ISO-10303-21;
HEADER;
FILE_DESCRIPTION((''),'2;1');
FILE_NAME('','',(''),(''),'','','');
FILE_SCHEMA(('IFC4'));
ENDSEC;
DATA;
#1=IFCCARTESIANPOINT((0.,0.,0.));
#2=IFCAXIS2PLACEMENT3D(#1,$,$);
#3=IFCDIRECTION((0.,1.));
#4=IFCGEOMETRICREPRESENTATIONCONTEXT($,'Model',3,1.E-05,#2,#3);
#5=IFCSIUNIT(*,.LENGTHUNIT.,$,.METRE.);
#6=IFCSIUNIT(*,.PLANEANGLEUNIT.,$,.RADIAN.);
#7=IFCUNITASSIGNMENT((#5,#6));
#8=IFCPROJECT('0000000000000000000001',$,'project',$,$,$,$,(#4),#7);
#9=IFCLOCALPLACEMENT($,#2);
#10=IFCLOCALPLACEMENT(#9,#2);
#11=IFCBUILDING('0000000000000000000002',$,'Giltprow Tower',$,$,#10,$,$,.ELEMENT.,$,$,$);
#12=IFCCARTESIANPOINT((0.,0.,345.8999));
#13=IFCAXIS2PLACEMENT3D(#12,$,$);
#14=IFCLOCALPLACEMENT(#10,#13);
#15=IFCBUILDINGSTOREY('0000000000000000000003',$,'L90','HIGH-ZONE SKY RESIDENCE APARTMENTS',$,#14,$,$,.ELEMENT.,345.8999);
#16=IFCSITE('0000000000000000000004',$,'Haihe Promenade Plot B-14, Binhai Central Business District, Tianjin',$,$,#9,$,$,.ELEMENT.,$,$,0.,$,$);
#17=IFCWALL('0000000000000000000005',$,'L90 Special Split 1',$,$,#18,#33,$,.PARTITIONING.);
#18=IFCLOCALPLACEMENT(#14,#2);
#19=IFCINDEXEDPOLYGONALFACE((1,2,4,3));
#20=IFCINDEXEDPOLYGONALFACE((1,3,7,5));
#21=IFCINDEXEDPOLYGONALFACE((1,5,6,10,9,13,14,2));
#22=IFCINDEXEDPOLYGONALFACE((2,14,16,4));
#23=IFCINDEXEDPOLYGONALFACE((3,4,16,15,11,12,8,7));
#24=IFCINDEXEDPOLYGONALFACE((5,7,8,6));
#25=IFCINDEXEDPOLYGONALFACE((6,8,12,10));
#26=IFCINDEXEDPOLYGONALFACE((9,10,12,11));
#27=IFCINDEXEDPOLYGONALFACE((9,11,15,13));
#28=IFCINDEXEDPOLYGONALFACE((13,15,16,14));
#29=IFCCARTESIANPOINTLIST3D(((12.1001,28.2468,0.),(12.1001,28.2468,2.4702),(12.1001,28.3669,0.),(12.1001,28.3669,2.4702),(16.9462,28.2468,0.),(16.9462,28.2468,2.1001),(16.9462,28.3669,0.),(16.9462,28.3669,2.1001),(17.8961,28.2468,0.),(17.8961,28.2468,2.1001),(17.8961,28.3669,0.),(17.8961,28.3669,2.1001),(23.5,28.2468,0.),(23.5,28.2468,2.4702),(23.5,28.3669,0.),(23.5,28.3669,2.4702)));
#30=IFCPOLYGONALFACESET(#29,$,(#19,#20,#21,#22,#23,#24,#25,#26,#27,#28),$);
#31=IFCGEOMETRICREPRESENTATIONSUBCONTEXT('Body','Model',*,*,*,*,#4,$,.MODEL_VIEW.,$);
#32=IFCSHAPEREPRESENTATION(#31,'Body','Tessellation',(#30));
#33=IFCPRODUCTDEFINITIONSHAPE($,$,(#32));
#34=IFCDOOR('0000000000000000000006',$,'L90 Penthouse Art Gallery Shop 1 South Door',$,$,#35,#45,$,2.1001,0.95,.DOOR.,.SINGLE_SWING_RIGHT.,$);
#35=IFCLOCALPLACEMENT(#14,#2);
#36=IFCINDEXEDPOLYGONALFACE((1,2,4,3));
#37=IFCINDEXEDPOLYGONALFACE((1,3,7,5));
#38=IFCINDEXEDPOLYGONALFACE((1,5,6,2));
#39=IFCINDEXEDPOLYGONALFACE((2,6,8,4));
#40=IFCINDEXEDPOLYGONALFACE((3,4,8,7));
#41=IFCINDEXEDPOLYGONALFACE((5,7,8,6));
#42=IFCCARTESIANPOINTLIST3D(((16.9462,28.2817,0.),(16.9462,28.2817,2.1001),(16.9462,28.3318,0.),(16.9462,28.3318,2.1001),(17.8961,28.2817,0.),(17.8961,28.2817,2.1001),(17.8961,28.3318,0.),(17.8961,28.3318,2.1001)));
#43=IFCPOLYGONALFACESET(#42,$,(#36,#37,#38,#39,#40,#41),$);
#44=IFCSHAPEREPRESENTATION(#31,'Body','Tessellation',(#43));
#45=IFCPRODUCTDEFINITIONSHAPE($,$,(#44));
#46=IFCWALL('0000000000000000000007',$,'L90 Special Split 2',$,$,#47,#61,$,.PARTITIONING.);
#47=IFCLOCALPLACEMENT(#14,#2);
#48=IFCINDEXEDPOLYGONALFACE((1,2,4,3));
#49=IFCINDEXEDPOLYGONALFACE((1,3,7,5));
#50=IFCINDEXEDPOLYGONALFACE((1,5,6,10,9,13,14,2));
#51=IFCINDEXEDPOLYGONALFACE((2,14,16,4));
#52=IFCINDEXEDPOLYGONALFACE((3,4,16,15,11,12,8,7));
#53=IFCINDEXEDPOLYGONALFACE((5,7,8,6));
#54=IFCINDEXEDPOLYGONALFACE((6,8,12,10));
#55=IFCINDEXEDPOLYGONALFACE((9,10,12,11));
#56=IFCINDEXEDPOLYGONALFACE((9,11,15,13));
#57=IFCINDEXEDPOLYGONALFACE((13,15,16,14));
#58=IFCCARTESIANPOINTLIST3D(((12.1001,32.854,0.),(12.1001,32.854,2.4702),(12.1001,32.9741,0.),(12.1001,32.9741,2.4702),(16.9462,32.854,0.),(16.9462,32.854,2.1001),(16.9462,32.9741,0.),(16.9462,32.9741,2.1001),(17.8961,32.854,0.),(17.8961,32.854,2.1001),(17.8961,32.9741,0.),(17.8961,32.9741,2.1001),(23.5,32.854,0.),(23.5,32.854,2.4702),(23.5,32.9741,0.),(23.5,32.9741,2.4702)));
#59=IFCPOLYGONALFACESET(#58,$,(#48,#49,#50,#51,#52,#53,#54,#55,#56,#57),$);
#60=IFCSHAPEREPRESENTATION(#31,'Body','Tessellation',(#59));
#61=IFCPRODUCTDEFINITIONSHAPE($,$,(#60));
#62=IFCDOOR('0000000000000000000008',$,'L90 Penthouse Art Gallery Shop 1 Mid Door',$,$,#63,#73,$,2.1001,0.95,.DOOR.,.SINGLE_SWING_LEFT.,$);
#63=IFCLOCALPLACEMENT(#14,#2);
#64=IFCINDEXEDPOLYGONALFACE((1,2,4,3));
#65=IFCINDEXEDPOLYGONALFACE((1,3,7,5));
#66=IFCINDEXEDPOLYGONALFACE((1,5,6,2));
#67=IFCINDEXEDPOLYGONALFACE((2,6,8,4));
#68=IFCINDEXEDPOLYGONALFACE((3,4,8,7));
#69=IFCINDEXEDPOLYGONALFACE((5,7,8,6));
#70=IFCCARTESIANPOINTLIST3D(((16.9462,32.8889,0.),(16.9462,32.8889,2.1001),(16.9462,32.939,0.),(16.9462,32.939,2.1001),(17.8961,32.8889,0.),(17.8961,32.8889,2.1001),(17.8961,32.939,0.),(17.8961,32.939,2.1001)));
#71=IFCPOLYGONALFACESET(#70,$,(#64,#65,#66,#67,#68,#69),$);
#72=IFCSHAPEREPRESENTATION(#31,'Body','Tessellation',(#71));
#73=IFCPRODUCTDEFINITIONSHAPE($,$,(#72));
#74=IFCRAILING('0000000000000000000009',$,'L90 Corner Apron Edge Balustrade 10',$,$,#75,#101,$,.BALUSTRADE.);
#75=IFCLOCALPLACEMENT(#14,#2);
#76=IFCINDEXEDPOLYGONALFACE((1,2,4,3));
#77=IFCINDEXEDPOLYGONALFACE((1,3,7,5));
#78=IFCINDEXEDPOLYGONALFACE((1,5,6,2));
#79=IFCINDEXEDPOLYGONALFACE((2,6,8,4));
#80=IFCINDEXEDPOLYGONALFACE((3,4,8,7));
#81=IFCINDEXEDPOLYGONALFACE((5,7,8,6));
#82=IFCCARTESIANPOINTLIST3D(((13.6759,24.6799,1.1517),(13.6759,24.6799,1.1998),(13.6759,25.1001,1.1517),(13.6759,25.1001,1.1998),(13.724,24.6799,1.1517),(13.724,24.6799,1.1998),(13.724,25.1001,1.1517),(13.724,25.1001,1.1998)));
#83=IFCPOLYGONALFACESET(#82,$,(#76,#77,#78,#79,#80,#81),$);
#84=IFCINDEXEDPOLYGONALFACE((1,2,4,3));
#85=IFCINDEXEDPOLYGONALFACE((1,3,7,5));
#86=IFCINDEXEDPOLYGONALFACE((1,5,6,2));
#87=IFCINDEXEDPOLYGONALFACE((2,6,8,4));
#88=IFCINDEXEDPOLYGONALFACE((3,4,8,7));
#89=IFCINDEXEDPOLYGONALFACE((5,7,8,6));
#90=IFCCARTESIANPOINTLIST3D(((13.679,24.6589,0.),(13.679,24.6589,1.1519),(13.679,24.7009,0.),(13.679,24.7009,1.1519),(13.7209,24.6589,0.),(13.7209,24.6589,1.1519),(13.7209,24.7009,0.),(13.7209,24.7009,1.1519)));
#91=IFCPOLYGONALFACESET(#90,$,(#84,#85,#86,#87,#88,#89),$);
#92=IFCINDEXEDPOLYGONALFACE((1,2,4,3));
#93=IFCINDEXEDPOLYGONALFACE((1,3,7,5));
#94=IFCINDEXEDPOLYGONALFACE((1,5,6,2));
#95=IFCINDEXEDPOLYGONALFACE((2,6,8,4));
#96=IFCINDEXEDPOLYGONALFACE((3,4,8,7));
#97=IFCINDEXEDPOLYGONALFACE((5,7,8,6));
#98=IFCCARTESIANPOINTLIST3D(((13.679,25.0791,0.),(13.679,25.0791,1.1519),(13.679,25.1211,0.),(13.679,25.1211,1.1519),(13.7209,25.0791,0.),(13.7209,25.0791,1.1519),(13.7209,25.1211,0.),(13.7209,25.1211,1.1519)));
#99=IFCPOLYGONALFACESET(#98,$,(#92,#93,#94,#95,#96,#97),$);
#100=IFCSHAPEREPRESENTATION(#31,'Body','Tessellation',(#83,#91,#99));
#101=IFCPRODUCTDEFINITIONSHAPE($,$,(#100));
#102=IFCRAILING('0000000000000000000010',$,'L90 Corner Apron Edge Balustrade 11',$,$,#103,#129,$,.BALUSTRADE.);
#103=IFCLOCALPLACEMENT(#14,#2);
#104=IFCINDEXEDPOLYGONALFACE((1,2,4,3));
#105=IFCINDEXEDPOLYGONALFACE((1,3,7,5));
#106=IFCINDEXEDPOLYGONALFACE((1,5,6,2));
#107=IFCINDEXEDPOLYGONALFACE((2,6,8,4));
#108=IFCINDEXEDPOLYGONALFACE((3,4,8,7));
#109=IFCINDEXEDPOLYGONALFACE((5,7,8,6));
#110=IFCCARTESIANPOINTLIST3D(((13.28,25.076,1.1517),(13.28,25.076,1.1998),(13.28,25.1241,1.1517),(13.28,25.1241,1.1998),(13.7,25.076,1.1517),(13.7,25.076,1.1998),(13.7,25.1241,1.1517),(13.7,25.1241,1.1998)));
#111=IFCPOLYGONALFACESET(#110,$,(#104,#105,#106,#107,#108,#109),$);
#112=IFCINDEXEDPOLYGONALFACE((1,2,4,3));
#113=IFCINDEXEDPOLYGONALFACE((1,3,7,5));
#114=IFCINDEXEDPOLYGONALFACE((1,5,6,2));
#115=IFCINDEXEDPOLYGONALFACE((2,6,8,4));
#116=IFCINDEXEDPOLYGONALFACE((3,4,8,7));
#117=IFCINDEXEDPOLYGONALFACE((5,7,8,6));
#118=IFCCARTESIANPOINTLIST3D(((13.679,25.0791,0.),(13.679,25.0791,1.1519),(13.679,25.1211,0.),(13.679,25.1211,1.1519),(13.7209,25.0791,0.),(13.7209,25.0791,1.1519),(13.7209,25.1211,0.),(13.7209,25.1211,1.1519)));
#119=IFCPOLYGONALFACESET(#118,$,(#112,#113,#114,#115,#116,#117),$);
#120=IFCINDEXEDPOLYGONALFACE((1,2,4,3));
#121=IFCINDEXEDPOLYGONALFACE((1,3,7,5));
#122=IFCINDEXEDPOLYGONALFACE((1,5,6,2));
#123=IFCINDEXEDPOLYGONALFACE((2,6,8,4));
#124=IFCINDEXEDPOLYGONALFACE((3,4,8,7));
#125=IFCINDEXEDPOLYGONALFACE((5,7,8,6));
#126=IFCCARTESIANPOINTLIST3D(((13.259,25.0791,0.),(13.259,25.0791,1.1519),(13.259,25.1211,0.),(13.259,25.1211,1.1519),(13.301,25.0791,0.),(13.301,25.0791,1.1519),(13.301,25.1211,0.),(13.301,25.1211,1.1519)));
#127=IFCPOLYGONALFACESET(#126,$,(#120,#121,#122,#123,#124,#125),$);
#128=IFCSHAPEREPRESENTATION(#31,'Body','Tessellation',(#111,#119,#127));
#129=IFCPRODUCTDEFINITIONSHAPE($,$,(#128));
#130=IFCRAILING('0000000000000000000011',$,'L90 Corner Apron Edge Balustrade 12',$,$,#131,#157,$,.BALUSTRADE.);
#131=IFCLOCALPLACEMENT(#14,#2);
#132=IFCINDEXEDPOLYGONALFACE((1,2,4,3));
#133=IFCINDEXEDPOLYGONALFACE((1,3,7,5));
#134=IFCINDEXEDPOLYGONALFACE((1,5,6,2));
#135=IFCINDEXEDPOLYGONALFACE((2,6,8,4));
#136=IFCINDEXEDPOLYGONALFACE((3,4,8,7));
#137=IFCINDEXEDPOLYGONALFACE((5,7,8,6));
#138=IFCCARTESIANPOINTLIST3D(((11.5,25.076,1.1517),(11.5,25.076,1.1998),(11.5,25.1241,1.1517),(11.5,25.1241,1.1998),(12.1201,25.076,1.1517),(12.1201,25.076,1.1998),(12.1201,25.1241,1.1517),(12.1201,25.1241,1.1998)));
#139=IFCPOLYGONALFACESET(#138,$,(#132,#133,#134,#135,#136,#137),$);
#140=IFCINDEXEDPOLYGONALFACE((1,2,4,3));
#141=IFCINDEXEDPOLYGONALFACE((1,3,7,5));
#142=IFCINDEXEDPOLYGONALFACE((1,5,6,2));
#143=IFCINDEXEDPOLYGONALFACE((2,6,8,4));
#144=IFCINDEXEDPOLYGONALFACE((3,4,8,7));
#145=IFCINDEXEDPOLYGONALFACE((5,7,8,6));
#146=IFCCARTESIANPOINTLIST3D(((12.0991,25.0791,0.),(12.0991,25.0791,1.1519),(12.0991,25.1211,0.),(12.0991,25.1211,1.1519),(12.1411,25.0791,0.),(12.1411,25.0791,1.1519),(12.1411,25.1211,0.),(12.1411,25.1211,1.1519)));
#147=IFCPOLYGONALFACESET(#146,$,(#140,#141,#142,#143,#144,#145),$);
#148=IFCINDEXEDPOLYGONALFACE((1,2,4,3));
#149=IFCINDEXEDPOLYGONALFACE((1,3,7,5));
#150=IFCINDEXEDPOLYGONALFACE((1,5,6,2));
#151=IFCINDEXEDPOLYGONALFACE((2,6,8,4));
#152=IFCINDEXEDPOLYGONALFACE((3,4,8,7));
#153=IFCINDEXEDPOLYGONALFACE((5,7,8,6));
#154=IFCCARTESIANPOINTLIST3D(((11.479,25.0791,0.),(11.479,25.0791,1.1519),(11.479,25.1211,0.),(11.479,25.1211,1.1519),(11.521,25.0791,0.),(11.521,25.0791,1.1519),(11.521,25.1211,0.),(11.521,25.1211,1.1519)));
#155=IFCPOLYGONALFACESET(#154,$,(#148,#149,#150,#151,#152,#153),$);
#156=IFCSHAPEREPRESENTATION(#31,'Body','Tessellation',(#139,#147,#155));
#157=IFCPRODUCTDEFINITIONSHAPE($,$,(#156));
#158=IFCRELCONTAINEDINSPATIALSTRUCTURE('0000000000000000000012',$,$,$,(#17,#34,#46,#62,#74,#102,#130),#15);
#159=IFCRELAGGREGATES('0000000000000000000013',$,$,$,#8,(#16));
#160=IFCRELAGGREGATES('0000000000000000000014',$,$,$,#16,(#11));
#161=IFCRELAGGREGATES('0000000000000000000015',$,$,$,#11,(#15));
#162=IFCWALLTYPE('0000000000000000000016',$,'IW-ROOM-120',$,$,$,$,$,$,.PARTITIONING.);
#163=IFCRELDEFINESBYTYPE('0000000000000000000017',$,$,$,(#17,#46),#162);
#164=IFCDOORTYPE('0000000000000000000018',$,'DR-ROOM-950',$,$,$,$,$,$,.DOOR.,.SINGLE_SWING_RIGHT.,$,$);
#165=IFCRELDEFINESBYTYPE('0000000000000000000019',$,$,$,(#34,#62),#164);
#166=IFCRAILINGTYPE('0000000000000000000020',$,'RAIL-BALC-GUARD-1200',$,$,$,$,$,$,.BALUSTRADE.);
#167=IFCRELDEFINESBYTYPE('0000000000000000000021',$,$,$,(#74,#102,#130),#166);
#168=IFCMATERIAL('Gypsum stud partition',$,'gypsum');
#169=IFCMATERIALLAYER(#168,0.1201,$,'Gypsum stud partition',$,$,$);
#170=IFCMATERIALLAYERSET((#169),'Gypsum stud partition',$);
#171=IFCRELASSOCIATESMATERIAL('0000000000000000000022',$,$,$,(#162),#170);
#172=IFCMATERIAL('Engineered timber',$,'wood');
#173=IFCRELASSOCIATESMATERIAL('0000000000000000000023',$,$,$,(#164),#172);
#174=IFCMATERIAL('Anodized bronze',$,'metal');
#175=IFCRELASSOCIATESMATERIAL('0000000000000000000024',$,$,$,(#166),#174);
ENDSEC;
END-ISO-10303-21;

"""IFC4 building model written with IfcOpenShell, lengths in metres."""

from ifc_helpers import new_model, si_unit, direction, frame, frame_2d, origin, origin_2d, place, context, subcontext, project, spatial, rectangle, extrude, source, transform, mapped, material, layer, layer_set, type_object, element, fill, save


model = new_model("IFC4")

# Units and contexts
model_context = context("Model", 3, precision=1e-05, world=origin(), true_north=direction((0.0, 1.0)))
body_context = subcontext(model_context, "Body", "Model", "MODEL_VIEW")
ifc_project = project(units=[si_unit("LENGTHUNIT", "METRE"), si_unit("PLANEANGLEUNIT", "RADIAN")], contexts=[model_context])

# Site, building, storey
site_placement = place(None, origin())
site = spatial("IfcSite", under=ifc_project, at=site_placement, Name="Haihe Promenade Plot B-14, Binhai Central Business District, Tianjin", CompositionType="ELEMENT", RefElevation=0.0)
building_placement = place(site_placement, origin())
building = spatial("IfcBuilding", under=site, at=building_placement, Name="Giltprow Tower", CompositionType="ELEMENT")
storey_placement = place(building_placement, frame((0.0, 0.0, 345.8999)))
storey = spatial("IfcBuildingStorey", under=building, at=storey_placement, Name="L90", Description="HIGH-ZONE SKY RESIDENCE APARTMENTS", CompositionType="ELEMENT", Elevation=345.8999)

# Walls, openings, doors
ifc_material_1 = material(Name="Gypsum stud partition", Category="gypsum")
ifc_layer_1 = layer(ifc_material_1, 0.1201, Name="Gypsum stud partition")
ifc_layer_set_1 = layer_set([ifc_layer_1], Name="Gypsum stud partition")
wall_type_1 = type_object("IfcWallType", Name="IW-ROOM-120", PredefinedType="PARTITIONING", material=ifc_layer_set_1)
wall_1_placement = place(storey_placement, frame((12.1001, 28.3069, 0.0), z_axis=(0.0, 0.0, 1.0), x_axis=(1.0, 0.0, 0.0)))
wall_1 = element("IfcWall", 1, at=wall_1_placement, inside=storey, type_object=wall_type_1, Name="L90 Special Split 1", PredefinedType="PARTITIONING", context=body_context, shape_type="SweptSolid", body=[
    extrude(rectangle(XDim=11.3999, YDim=0.1201, at=frame_2d((5.7, 0.0))), origin(), (0.0, 0.0, 1.0), 2.4702),
])
opening_1_placement = place(wall_1_placement, frame((4.8459, 0.0, 0.0)))
opening_1 = element("IfcOpeningElement", 2, at=opening_1_placement, cuts=wall_1, PredefinedType="OPENING", context=body_context, shape_type="SweptSolid", body=[
    extrude(rectangle(XDim=0.95, YDim=2.1001, at=frame_2d((0.4751, 1.05))), frame((0.0, 0.0701, 0.0), z_axis=(0.0, -1.0, 0.0), x_axis=(1.0, 0.0, 0.0)), (0.0, 0.0, 1.0), 0.1401),
])
ifc_material_2 = material(Name="Engineered timber", Category="wood")
door_type = type_object("IfcDoorType", Name="DR-ROOM-950", OperationType="SINGLE_SWING_RIGHT", PredefinedType="DOOR", material=ifc_material_2)
shared_shape_1 = source(origin(), body_context, "Body", "SweptSolid", [
    extrude(rectangle(XDim=0.95, YDim=2.1001, at=frame_2d((0.4751, 1.05))), frame((0.0, 0.0249, 0.0), z_axis=(0.0, -1.0, 0.0), x_axis=(1.0, 0.0, 0.0)), (0.0, 0.0, 1.0), 0.05),
])
door_1_placement = place(opening_1_placement, origin())
door_1 = element("IfcDoor", 3, at=door_1_placement, inside=storey, type_object=door_type, Name="L90 Penthouse Art Gallery Shop 1 South Door", OperationType="SINGLE_SWING_RIGHT", OverallHeight=2.1001, OverallWidth=0.95, PredefinedType="DOOR", context=body_context, shape_type="MappedRepresentation", body=[
    mapped(shared_shape_1, transform((0.0, 0.0, 0.0), x_axis=(1.0, 0.0, 0.0), y_axis=(0.0, 1.0, 0.0), z_axis=(0.0, 0.0, 1.0), scale=1.0)),
])
fill(opening_1, door_1)
wall_2_placement = place(storey_placement, frame((12.1001, 32.9141, 0.0), z_axis=(0.0, 0.0, 1.0), x_axis=(1.0, 0.0, 0.0)))
wall_2 = element("IfcWall", 4, at=wall_2_placement, inside=storey, type_object=wall_type_1, Name="L90 Special Split 2", PredefinedType="PARTITIONING", context=body_context, shape_type="SweptSolid", body=[
    extrude(rectangle(XDim=11.3999, YDim=0.1201, at=frame_2d((5.7, 0.0))), origin(), (0.0, 0.0, 1.0), 2.4702),
])
opening_2_placement = place(wall_2_placement, frame((4.8459, 0.0, 0.0)))
opening_2 = element("IfcOpeningElement", 5, at=opening_2_placement, cuts=wall_2, PredefinedType="OPENING", context=body_context, shape_type="SweptSolid", body=[
    extrude(rectangle(XDim=0.95, YDim=2.1001, at=frame_2d((0.4751, 1.05))), frame((0.0, 0.0701, 0.0), z_axis=(0.0, -1.0, 0.0), x_axis=(1.0, 0.0, 0.0)), (0.0, 0.0, 1.0), 0.1401),
])
door_2_placement = place(opening_2_placement, origin())
door_2 = element("IfcDoor", 6, at=door_2_placement, inside=storey, type_object=door_type, Name="L90 Penthouse Art Gallery Shop 1 Mid Door", OperationType="SINGLE_SWING_LEFT", OverallHeight=2.1001, OverallWidth=0.95, PredefinedType="DOOR", context=body_context, shape_type="MappedRepresentation", body=[
    mapped(shared_shape_1, transform((0.0, 0.0, 0.0), x_axis=(1.0, 0.0, 0.0), y_axis=(0.0, 1.0, 0.0), z_axis=(0.0, 0.0, 1.0), scale=1.0)),
])
fill(opening_2, door_2)

# Railings
ifc_material_3 = material(Name="Anodized bronze", Category="metal")
railing_type = type_object("IfcRailingType", Name="RAIL-BALC-GUARD-1200", PredefinedType="BALUSTRADE", material=ifc_material_3)
railing_1_placement = place(storey_placement, frame((13.7, 24.6799, 0.0)))
element("IfcRailing", 7, at=railing_1_placement, inside=storey, type_object=railing_type, Name="L90 Corner Apron Edge Balustrade 10", PredefinedType="BALUSTRADE", context=body_context, shape_type="SweptSolid", body=[
    extrude(rectangle(XDim=0.0481, YDim=0.0481, at=origin_2d()), frame((0.0, 0.0, 1.1758), z_axis=(0.0, 1.0, 0.0), x_axis=(-1.0, 0.0, 0.0)), (0.0, 0.0, 1.0), 0.4202),
    extrude(rectangle(XDim=0.042, YDim=0.042, at=origin_2d()), origin(), (0.0, 0.0, 1.0), 1.1519),
    extrude(rectangle(XDim=0.042, YDim=0.042, at=origin_2d()), frame((0.0, 0.4202, 0.0)), (0.0, 0.0, 1.0), 1.1519),
])
railing_2_placement = place(storey_placement, frame((13.7, 25.1001, 0.0)))
element("IfcRailing", 8, at=railing_2_placement, inside=storey, type_object=railing_type, Name="L90 Corner Apron Edge Balustrade 11", PredefinedType="BALUSTRADE", context=body_context, shape_type="SweptSolid", body=[
    extrude(rectangle(XDim=0.0481, YDim=0.0481, at=origin_2d()), frame((0.0, 0.0, 1.1758), z_axis=(-1.0, 0.0, 0.0), x_axis=(0.0, -1.0, 0.0)), (0.0, 0.0, 1.0), 0.4199),
    extrude(rectangle(XDim=0.042, YDim=0.042, at=origin_2d()), origin(), (0.0, 0.0, 1.0), 1.1519),
    extrude(rectangle(XDim=0.042, YDim=0.042, at=origin_2d()), frame((-0.4199, 0.0, 0.0)), (0.0, 0.0, 1.0), 1.1519),
])
railing_3_placement = place(storey_placement, frame((12.1201, 25.1001, 0.0)))
element("IfcRailing", 9, at=railing_3_placement, inside=storey, type_object=railing_type, Name="L90 Corner Apron Edge Balustrade 12", PredefinedType="BALUSTRADE", context=body_context, shape_type="SweptSolid", body=[
    extrude(rectangle(XDim=0.0481, YDim=0.0481, at=origin_2d()), frame((0.0, 0.0, 1.1758), z_axis=(-1.0, 0.0, 0.0), x_axis=(0.0, -1.0, 0.0)), (0.0, 0.0, 1.0), 0.6201),
    extrude(rectangle(XDim=0.042, YDim=0.042, at=origin_2d()), origin(), (0.0, 0.0, 1.0), 1.1519),
    extrude(rectangle(XDim=0.042, YDim=0.042, at=origin_2d()), frame((-0.6201, 0.0, 0.0)), (0.0, 0.0, 1.0), 1.1519),
])

save(model, "model.ifc")
